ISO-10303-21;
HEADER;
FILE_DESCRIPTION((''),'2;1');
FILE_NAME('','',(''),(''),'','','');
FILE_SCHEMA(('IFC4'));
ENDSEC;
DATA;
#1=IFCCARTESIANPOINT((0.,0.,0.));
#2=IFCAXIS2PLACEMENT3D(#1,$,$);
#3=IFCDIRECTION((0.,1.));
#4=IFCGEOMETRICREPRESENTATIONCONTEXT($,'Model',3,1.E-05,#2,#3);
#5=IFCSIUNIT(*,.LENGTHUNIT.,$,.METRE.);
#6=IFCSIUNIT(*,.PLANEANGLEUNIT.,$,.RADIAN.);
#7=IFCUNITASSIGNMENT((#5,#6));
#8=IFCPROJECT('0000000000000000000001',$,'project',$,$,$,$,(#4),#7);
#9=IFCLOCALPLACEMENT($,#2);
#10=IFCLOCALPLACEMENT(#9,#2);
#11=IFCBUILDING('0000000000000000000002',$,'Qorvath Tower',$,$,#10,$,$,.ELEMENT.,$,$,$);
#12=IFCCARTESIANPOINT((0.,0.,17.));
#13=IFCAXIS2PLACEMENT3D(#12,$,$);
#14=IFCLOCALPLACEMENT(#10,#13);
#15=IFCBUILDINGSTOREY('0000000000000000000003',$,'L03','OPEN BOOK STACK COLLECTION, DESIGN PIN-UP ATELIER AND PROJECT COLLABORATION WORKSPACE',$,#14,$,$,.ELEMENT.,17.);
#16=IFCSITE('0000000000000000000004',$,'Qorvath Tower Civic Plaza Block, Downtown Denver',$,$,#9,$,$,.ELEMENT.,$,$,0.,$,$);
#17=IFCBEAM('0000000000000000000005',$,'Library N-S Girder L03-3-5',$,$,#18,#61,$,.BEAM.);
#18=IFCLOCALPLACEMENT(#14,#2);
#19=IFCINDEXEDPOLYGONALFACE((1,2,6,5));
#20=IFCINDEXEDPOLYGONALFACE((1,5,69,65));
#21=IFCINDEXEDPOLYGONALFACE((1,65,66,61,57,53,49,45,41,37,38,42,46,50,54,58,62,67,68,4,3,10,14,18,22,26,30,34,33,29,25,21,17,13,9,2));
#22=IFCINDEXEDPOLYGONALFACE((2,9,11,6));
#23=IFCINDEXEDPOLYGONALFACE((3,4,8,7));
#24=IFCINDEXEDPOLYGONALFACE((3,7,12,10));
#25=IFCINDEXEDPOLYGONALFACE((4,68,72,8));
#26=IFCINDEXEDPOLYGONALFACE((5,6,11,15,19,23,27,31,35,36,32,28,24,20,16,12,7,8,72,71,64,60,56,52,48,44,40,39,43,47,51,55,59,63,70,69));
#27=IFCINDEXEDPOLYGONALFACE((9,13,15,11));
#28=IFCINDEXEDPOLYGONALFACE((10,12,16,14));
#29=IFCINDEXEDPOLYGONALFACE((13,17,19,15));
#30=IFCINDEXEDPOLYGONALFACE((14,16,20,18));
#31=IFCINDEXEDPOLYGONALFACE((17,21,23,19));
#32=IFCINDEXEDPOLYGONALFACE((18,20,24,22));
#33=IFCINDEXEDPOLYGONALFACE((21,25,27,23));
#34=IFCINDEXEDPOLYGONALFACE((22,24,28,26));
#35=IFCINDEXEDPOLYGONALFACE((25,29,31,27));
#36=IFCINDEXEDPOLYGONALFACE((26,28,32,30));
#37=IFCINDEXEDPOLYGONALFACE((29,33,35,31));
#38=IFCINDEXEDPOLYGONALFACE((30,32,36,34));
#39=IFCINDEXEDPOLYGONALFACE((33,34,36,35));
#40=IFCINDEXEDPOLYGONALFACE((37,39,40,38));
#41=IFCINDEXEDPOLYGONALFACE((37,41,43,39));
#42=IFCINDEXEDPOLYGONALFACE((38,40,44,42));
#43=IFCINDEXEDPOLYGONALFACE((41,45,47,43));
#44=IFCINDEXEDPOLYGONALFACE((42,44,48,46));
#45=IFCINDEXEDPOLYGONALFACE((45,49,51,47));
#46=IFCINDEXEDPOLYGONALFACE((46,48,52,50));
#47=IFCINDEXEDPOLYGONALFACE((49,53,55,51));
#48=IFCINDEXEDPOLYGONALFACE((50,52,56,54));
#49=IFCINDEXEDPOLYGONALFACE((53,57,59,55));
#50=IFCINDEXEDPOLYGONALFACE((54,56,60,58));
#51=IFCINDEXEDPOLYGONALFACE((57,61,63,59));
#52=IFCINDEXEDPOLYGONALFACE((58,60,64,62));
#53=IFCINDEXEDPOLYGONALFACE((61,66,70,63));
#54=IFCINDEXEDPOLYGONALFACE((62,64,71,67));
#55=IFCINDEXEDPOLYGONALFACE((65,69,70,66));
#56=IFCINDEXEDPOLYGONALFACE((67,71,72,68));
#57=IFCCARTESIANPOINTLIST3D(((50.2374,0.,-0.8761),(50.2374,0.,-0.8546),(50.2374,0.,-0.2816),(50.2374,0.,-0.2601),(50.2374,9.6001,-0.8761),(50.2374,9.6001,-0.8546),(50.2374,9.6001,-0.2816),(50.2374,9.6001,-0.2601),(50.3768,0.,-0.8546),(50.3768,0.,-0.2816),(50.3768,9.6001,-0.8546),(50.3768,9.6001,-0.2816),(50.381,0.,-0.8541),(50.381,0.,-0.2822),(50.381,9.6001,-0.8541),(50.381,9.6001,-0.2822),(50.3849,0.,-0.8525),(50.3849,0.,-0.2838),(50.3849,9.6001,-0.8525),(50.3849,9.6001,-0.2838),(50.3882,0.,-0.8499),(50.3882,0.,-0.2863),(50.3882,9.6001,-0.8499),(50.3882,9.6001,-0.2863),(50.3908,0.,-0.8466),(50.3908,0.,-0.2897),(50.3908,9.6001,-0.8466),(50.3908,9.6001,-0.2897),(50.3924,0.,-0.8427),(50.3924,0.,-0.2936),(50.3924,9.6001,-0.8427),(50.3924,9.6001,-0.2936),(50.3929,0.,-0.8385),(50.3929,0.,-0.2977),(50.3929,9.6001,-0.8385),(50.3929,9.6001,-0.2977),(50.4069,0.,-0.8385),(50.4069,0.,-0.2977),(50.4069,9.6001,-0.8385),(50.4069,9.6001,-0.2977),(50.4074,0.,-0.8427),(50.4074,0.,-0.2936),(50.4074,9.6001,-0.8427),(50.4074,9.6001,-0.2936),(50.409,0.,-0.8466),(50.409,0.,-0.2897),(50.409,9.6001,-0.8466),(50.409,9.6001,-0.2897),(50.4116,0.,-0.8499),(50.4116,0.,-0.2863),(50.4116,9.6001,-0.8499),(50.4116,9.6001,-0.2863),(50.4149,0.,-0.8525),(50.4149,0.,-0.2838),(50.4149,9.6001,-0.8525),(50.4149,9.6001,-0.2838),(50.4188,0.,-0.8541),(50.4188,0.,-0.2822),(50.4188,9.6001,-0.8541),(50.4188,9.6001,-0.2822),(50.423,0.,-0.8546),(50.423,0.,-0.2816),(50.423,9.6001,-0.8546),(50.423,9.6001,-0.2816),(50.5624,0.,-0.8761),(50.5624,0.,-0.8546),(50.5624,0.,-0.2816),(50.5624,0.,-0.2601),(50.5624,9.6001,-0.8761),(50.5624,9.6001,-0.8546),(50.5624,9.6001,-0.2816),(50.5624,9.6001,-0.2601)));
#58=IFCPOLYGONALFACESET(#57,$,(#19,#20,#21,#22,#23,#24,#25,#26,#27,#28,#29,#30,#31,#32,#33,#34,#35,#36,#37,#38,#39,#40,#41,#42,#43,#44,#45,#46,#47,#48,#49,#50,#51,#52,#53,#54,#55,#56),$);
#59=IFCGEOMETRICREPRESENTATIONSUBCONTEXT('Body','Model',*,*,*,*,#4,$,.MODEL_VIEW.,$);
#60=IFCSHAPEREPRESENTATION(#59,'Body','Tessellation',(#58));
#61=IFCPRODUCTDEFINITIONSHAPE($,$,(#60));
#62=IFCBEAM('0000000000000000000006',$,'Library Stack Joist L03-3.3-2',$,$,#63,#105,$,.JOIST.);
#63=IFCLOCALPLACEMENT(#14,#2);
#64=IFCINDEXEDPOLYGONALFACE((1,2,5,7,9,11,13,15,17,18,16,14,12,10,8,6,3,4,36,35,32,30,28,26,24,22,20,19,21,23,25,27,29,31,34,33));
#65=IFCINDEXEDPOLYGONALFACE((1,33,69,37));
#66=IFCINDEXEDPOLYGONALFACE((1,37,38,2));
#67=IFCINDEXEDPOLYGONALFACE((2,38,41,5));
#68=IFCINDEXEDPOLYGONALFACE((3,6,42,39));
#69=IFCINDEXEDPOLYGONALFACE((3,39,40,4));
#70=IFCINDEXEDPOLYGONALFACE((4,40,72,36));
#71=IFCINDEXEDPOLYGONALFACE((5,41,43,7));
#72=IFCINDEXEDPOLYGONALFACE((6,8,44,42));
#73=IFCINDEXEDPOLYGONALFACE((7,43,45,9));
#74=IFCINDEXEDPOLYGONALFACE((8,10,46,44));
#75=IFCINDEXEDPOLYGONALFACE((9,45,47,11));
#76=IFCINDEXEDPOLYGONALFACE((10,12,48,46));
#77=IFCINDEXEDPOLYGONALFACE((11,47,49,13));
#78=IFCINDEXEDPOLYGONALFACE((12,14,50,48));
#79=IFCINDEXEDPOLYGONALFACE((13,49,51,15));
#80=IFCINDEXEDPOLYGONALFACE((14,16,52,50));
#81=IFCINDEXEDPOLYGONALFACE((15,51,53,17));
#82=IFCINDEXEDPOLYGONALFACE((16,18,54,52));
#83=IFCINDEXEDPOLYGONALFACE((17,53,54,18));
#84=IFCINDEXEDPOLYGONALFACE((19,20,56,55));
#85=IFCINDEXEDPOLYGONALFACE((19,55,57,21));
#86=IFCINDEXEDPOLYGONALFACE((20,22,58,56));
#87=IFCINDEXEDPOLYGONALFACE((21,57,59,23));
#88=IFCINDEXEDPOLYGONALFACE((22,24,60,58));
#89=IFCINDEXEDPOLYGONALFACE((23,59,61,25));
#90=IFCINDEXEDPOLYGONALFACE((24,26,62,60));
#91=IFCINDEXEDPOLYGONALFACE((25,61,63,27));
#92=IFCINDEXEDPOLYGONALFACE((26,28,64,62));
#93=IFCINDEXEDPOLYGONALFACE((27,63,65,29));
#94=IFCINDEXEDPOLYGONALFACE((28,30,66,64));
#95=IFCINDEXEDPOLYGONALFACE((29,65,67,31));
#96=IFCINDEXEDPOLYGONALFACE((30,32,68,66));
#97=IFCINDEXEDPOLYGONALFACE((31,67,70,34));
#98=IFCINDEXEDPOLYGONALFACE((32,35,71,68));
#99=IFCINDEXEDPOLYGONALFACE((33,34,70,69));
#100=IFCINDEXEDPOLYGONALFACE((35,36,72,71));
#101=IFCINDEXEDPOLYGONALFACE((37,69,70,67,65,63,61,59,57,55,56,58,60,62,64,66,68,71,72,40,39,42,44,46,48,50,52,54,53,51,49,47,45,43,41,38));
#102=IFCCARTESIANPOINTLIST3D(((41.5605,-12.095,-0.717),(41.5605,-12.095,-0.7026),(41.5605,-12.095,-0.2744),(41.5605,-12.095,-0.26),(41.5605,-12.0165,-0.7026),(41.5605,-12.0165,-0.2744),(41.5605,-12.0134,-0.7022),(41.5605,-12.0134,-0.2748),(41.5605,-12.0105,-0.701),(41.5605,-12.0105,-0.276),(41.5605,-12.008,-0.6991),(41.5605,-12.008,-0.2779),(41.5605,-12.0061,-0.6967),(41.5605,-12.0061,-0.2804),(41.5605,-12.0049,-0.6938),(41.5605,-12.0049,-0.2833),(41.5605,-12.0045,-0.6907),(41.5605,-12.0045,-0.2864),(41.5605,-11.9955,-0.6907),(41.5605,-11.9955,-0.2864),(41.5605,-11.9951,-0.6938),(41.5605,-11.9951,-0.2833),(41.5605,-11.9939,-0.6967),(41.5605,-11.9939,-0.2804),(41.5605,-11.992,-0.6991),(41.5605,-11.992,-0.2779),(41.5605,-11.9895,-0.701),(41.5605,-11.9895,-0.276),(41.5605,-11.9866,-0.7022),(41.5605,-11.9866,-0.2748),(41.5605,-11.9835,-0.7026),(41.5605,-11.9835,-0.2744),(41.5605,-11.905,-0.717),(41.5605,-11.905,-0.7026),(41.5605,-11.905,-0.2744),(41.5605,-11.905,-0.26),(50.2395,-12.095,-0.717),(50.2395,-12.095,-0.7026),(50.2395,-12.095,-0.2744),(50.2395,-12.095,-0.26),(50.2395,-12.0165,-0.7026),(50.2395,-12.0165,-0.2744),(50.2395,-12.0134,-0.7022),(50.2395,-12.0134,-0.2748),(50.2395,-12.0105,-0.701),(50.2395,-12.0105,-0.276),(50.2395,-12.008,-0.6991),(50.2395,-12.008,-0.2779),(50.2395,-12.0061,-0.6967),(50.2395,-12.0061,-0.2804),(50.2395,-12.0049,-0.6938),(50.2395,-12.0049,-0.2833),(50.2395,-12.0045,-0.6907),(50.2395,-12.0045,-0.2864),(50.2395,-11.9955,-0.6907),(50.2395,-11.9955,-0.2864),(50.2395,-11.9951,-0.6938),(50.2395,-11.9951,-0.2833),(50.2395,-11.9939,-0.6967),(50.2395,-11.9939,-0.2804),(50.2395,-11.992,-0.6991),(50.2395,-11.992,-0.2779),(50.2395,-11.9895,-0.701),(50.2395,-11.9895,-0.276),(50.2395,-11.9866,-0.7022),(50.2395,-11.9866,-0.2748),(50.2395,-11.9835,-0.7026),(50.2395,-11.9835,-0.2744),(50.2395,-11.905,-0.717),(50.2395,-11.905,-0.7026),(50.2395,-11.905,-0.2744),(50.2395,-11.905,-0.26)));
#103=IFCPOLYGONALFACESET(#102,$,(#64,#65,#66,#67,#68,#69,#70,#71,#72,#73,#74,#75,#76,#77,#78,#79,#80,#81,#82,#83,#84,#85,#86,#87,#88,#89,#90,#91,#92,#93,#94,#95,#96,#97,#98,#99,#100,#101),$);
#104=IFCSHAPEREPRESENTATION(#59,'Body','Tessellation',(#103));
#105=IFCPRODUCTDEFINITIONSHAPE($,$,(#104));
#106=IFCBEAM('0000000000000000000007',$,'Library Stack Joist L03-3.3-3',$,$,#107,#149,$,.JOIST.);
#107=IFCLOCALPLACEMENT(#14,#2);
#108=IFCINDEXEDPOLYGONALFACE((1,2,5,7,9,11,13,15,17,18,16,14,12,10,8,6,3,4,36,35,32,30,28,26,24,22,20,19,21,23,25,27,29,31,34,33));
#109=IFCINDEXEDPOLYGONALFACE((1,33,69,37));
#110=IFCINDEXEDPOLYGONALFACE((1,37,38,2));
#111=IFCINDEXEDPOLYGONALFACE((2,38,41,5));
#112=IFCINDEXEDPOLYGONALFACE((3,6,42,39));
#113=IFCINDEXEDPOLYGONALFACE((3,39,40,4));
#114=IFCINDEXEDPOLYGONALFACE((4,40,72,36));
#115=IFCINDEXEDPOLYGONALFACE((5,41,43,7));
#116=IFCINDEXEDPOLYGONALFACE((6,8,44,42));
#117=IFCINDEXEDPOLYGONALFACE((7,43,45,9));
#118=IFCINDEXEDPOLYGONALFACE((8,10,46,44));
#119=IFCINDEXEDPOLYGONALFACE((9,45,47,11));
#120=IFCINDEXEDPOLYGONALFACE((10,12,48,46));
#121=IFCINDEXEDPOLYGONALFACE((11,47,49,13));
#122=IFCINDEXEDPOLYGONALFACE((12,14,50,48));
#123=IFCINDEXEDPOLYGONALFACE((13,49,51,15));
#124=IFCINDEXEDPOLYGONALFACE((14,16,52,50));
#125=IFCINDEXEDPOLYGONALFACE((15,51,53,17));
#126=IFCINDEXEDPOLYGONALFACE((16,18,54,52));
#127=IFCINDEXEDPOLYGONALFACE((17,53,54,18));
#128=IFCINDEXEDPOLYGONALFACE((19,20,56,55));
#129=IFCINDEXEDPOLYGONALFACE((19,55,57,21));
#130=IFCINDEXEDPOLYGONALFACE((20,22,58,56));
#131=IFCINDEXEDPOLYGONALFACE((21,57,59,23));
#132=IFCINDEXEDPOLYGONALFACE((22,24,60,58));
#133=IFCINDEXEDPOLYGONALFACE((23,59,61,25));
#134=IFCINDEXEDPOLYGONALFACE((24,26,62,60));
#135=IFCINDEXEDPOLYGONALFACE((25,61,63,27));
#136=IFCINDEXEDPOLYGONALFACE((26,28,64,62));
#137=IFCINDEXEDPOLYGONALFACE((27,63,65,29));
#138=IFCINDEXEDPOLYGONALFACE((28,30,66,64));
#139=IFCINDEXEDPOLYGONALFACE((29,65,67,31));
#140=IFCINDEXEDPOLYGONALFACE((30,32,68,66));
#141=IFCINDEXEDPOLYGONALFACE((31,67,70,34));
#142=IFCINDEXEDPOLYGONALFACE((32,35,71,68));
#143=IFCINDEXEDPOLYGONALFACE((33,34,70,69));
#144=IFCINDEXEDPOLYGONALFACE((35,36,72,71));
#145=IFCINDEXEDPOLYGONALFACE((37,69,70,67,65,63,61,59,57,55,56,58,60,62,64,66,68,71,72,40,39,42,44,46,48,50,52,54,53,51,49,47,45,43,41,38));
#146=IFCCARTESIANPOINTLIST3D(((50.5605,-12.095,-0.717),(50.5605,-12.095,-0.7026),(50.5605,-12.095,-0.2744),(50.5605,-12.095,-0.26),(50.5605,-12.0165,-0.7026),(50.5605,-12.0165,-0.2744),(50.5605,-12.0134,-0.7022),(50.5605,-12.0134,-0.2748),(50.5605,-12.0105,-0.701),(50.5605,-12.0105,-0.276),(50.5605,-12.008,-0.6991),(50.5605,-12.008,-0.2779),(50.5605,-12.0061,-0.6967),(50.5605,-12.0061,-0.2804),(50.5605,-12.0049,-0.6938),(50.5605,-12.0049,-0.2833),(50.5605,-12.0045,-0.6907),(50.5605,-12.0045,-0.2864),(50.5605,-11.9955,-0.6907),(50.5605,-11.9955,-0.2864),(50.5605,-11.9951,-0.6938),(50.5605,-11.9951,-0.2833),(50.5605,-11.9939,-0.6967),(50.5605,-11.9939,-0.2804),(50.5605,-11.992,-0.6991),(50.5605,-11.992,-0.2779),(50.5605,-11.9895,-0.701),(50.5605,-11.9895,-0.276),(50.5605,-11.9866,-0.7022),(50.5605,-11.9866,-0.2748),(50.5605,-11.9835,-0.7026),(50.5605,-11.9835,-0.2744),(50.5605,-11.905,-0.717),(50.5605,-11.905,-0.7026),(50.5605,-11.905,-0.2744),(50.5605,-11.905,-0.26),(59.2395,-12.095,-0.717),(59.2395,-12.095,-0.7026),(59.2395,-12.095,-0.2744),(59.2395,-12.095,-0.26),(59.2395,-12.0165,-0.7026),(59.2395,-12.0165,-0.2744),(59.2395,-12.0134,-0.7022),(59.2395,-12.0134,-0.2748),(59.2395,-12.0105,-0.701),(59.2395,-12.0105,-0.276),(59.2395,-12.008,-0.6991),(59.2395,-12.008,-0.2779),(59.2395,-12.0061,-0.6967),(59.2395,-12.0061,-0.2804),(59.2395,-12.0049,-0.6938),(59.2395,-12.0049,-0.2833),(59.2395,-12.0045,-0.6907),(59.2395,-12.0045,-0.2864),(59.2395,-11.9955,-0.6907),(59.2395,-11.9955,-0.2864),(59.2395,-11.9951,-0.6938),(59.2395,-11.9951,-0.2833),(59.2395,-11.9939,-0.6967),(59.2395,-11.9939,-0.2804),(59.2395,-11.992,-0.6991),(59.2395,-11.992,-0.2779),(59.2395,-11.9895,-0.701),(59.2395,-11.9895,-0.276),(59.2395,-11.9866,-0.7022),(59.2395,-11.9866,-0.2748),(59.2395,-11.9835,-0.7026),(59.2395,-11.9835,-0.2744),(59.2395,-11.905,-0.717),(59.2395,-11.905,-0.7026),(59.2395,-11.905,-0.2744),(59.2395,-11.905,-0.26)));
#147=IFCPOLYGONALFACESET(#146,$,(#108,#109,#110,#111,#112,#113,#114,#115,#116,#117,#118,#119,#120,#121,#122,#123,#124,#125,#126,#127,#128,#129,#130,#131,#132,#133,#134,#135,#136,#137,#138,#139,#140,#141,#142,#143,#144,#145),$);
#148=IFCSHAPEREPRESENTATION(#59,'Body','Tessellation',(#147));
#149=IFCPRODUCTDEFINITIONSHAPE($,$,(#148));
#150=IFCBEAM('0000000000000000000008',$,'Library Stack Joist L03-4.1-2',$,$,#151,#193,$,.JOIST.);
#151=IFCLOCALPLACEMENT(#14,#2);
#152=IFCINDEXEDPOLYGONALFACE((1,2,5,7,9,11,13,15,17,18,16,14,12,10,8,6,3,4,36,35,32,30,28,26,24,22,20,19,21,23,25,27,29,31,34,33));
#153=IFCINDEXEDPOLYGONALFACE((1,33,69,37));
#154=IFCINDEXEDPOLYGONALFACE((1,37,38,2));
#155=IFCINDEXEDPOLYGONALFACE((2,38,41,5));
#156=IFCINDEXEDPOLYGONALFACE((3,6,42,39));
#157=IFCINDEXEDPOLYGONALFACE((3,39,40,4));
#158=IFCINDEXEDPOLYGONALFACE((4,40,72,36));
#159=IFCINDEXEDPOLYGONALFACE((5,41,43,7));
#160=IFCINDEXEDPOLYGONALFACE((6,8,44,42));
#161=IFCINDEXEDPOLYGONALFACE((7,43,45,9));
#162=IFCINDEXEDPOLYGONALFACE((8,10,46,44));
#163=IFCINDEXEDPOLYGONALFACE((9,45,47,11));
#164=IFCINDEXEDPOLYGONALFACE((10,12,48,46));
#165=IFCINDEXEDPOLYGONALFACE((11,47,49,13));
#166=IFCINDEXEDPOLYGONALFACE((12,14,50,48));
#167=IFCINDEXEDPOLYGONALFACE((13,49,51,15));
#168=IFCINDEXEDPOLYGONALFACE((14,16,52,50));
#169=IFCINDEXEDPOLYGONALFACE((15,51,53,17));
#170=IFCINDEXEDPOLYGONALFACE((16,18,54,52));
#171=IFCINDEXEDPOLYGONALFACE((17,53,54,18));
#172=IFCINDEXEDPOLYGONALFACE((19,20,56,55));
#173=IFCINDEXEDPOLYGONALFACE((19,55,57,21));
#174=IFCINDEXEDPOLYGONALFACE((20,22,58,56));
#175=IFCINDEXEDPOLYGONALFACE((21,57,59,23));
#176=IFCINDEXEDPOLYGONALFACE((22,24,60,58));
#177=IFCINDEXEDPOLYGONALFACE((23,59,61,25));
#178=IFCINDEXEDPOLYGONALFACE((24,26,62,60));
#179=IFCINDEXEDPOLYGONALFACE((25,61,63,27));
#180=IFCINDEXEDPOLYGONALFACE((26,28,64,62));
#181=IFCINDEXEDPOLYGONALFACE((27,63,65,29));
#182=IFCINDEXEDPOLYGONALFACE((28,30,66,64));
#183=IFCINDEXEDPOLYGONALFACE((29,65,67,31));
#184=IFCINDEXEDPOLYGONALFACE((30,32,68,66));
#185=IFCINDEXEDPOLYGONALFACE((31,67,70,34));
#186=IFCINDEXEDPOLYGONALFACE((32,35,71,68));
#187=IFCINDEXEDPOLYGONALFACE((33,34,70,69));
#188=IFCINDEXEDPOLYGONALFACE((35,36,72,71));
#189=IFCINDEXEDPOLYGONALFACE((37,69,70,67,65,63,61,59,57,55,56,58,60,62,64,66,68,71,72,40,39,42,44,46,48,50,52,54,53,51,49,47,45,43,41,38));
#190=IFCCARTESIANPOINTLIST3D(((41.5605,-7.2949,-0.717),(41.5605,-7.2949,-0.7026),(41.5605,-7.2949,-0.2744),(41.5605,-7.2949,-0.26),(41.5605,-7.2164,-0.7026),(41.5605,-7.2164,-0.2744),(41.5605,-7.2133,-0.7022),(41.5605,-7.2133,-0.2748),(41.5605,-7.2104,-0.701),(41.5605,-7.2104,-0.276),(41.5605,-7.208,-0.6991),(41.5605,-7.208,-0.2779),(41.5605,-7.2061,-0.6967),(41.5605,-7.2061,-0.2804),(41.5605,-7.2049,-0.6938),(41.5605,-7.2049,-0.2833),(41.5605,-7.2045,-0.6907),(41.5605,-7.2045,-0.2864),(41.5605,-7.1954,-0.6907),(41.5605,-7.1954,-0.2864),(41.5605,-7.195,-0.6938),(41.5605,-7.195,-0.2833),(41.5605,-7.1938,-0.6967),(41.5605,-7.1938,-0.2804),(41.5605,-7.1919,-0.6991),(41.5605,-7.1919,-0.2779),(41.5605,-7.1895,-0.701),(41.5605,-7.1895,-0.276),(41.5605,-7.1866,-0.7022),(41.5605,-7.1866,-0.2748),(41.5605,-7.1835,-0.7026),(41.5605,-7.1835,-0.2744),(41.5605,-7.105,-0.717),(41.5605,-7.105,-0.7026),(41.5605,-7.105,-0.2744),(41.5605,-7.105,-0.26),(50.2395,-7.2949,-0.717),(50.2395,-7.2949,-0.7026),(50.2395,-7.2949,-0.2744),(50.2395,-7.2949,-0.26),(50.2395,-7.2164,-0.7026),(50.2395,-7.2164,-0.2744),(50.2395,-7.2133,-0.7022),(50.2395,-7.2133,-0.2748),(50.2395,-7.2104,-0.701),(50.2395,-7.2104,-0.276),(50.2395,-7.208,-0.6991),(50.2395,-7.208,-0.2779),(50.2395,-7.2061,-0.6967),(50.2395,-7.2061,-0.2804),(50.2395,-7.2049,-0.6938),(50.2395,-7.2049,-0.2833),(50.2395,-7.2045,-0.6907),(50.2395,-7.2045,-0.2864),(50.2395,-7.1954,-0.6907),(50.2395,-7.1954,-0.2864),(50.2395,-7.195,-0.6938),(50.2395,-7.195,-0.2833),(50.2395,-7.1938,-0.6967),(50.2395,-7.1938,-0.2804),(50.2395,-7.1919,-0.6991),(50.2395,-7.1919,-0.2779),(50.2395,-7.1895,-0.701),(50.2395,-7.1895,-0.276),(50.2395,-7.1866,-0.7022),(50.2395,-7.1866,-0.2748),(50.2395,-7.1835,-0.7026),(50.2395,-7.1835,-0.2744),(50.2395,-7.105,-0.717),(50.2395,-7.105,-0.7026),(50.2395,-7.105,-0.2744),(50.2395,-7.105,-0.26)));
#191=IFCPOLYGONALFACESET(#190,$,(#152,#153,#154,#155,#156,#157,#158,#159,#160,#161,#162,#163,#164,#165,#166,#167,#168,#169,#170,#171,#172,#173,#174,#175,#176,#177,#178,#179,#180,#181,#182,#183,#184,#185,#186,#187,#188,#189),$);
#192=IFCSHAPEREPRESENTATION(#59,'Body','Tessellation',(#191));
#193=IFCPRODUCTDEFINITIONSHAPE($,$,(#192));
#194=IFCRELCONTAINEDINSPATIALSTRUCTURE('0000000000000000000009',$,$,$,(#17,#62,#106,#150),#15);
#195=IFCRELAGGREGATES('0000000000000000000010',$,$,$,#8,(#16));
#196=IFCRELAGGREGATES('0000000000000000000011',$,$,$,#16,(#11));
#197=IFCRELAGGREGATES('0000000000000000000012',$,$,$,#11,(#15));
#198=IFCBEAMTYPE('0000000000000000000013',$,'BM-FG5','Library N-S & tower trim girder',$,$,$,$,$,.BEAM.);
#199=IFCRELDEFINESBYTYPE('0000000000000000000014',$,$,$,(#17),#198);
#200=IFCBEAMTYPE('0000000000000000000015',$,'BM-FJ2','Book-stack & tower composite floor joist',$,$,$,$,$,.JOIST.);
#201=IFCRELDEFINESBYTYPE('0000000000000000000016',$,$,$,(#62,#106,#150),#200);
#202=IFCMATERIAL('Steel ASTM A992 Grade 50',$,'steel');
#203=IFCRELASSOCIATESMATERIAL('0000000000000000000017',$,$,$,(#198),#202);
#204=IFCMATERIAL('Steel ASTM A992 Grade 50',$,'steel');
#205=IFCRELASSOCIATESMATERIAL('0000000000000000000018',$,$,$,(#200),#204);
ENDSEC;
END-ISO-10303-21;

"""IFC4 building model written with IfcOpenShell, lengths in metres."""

from ifc_helpers import new_model, si_unit, direction, frame, origin, origin_2d, place, context, subcontext, project, spatial, i_section, extrude, material, material_profile, profile_set, type_object, element, save


model = new_model("IFC4")

# Units and contexts
model_context = context("Model", 3, precision=1e-05, world=origin(), true_north=direction((0.0, 1.0)))
body_context = subcontext(model_context, "Body", "Model", "MODEL_VIEW")
ifc_project = project(units=[si_unit("LENGTHUNIT", "METRE"), si_unit("PLANEANGLEUNIT", "RADIAN")], contexts=[model_context])

# Site, building, storey
site_placement = place(None, origin())
site = spatial("IfcSite", under=ifc_project, at=site_placement, Name="Qorvath Tower Civic Plaza Block, Downtown Denver", CompositionType="ELEMENT", RefElevation=0.0)
building_placement = place(site_placement, origin())
building = spatial("IfcBuilding", under=site, at=building_placement, Name="Qorvath Tower", CompositionType="ELEMENT")
storey_placement = place(building_placement, frame((0.0, 0.0, 17.0)))
storey = spatial("IfcBuildingStorey", under=building, at=storey_placement, Name="L03", Description="OPEN BOOK STACK COLLECTION, DESIGN PIN-UP ATELIER AND PROJECT COLLABORATION WORKSPACE", CompositionType="ELEMENT", Elevation=17.0)

# Beams
ifc_material_1 = material(Name="Steel ASTM A992 Grade 50", Category="steel")
ifc_material_profile_1 = material_profile(ifc_material_1, i_section(OverallWidth=0.325, OverallDepth=0.616, WebThickness=0.0139, FlangeThickness=0.0215, FilletRadius=0.0161, at=origin_2d()), Name="W24x117")
ifc_profile_set_1 = profile_set([ifc_material_profile_1], Name="Steel ASTM A992 Grade 50")
beam_type_1 = type_object("IfcBeamType", Name="BM-FG5", Description="Library N-S & tower trim girder", PredefinedType="BEAM", material=ifc_profile_set_1)
for number, where, z_axis, x_axis, name in (
    (1, (50.3999, 0.0, -0.5681), (0.0, 1.0, 0.0), (-1.0, 0.0, 0.0), "Library N-S Girder L03-3-5"),
):
    element("IfcBeam", number, at=place(storey_placement, frame(where, z_axis=z_axis, x_axis=x_axis)), inside=storey, type_object=beam_type_1, Name=name, PredefinedType="BEAM", context=body_context, shape_type="SweptSolid", body=[
        extrude(i_section(OverallWidth=0.325, OverallDepth=0.616, WebThickness=0.0139, FlangeThickness=0.0215, FilletRadius=0.0161, at=origin_2d()), origin(), (0.0, 0.0, 1.0), 9.6001),
    ])
ifc_material_2 = material(Name="Steel ASTM A992 Grade 50", Category="steel")
ifc_material_profile_2 = material_profile(ifc_material_2, i_section(OverallWidth=0.1899, OverallDepth=0.457, WebThickness=0.009, FlangeThickness=0.0144, FilletRadius=0.012, at=origin_2d()), Name="W18x50")
ifc_profile_set_2 = profile_set([ifc_material_profile_2], Name="Steel ASTM A992 Grade 50")
beam_type_2 = type_object("IfcBeamType", Name="BM-FJ2", Description="Book-stack & tower composite floor joist", PredefinedType="JOIST", material=ifc_profile_set_2)
for number, where, z_axis, x_axis, name in (
    (2, (41.5605, -12.0, -0.4885), (1.0, 0.0, 0.0), (0.0, 1.0, 0.0), "Library Stack Joist L03-3.3-2"),
    (3, (50.5605, -12.0, -0.4885), (1.0, 0.0, 0.0), (0.0, 1.0, 0.0), "Library Stack Joist L03-3.3-3"),
    (4, (41.5605, -7.2, -0.4885), (1.0, 0.0, 0.0), (0.0, 1.0, 0.0), "Library Stack Joist L03-4.1-2"),
):
    element("IfcBeam", number, at=place(storey_placement, frame(where, z_axis=z_axis, x_axis=x_axis)), inside=storey, type_object=beam_type_2, Name=name, PredefinedType="JOIST", context=body_context, shape_type="SweptSolid", body=[
        extrude(i_section(OverallWidth=0.1899, OverallDepth=0.457, WebThickness=0.009, FlangeThickness=0.0144, FilletRadius=0.012, at=origin_2d()), origin(), (0.0, 0.0, 1.0), 8.679),
    ])

save(model, "model.ifc")
